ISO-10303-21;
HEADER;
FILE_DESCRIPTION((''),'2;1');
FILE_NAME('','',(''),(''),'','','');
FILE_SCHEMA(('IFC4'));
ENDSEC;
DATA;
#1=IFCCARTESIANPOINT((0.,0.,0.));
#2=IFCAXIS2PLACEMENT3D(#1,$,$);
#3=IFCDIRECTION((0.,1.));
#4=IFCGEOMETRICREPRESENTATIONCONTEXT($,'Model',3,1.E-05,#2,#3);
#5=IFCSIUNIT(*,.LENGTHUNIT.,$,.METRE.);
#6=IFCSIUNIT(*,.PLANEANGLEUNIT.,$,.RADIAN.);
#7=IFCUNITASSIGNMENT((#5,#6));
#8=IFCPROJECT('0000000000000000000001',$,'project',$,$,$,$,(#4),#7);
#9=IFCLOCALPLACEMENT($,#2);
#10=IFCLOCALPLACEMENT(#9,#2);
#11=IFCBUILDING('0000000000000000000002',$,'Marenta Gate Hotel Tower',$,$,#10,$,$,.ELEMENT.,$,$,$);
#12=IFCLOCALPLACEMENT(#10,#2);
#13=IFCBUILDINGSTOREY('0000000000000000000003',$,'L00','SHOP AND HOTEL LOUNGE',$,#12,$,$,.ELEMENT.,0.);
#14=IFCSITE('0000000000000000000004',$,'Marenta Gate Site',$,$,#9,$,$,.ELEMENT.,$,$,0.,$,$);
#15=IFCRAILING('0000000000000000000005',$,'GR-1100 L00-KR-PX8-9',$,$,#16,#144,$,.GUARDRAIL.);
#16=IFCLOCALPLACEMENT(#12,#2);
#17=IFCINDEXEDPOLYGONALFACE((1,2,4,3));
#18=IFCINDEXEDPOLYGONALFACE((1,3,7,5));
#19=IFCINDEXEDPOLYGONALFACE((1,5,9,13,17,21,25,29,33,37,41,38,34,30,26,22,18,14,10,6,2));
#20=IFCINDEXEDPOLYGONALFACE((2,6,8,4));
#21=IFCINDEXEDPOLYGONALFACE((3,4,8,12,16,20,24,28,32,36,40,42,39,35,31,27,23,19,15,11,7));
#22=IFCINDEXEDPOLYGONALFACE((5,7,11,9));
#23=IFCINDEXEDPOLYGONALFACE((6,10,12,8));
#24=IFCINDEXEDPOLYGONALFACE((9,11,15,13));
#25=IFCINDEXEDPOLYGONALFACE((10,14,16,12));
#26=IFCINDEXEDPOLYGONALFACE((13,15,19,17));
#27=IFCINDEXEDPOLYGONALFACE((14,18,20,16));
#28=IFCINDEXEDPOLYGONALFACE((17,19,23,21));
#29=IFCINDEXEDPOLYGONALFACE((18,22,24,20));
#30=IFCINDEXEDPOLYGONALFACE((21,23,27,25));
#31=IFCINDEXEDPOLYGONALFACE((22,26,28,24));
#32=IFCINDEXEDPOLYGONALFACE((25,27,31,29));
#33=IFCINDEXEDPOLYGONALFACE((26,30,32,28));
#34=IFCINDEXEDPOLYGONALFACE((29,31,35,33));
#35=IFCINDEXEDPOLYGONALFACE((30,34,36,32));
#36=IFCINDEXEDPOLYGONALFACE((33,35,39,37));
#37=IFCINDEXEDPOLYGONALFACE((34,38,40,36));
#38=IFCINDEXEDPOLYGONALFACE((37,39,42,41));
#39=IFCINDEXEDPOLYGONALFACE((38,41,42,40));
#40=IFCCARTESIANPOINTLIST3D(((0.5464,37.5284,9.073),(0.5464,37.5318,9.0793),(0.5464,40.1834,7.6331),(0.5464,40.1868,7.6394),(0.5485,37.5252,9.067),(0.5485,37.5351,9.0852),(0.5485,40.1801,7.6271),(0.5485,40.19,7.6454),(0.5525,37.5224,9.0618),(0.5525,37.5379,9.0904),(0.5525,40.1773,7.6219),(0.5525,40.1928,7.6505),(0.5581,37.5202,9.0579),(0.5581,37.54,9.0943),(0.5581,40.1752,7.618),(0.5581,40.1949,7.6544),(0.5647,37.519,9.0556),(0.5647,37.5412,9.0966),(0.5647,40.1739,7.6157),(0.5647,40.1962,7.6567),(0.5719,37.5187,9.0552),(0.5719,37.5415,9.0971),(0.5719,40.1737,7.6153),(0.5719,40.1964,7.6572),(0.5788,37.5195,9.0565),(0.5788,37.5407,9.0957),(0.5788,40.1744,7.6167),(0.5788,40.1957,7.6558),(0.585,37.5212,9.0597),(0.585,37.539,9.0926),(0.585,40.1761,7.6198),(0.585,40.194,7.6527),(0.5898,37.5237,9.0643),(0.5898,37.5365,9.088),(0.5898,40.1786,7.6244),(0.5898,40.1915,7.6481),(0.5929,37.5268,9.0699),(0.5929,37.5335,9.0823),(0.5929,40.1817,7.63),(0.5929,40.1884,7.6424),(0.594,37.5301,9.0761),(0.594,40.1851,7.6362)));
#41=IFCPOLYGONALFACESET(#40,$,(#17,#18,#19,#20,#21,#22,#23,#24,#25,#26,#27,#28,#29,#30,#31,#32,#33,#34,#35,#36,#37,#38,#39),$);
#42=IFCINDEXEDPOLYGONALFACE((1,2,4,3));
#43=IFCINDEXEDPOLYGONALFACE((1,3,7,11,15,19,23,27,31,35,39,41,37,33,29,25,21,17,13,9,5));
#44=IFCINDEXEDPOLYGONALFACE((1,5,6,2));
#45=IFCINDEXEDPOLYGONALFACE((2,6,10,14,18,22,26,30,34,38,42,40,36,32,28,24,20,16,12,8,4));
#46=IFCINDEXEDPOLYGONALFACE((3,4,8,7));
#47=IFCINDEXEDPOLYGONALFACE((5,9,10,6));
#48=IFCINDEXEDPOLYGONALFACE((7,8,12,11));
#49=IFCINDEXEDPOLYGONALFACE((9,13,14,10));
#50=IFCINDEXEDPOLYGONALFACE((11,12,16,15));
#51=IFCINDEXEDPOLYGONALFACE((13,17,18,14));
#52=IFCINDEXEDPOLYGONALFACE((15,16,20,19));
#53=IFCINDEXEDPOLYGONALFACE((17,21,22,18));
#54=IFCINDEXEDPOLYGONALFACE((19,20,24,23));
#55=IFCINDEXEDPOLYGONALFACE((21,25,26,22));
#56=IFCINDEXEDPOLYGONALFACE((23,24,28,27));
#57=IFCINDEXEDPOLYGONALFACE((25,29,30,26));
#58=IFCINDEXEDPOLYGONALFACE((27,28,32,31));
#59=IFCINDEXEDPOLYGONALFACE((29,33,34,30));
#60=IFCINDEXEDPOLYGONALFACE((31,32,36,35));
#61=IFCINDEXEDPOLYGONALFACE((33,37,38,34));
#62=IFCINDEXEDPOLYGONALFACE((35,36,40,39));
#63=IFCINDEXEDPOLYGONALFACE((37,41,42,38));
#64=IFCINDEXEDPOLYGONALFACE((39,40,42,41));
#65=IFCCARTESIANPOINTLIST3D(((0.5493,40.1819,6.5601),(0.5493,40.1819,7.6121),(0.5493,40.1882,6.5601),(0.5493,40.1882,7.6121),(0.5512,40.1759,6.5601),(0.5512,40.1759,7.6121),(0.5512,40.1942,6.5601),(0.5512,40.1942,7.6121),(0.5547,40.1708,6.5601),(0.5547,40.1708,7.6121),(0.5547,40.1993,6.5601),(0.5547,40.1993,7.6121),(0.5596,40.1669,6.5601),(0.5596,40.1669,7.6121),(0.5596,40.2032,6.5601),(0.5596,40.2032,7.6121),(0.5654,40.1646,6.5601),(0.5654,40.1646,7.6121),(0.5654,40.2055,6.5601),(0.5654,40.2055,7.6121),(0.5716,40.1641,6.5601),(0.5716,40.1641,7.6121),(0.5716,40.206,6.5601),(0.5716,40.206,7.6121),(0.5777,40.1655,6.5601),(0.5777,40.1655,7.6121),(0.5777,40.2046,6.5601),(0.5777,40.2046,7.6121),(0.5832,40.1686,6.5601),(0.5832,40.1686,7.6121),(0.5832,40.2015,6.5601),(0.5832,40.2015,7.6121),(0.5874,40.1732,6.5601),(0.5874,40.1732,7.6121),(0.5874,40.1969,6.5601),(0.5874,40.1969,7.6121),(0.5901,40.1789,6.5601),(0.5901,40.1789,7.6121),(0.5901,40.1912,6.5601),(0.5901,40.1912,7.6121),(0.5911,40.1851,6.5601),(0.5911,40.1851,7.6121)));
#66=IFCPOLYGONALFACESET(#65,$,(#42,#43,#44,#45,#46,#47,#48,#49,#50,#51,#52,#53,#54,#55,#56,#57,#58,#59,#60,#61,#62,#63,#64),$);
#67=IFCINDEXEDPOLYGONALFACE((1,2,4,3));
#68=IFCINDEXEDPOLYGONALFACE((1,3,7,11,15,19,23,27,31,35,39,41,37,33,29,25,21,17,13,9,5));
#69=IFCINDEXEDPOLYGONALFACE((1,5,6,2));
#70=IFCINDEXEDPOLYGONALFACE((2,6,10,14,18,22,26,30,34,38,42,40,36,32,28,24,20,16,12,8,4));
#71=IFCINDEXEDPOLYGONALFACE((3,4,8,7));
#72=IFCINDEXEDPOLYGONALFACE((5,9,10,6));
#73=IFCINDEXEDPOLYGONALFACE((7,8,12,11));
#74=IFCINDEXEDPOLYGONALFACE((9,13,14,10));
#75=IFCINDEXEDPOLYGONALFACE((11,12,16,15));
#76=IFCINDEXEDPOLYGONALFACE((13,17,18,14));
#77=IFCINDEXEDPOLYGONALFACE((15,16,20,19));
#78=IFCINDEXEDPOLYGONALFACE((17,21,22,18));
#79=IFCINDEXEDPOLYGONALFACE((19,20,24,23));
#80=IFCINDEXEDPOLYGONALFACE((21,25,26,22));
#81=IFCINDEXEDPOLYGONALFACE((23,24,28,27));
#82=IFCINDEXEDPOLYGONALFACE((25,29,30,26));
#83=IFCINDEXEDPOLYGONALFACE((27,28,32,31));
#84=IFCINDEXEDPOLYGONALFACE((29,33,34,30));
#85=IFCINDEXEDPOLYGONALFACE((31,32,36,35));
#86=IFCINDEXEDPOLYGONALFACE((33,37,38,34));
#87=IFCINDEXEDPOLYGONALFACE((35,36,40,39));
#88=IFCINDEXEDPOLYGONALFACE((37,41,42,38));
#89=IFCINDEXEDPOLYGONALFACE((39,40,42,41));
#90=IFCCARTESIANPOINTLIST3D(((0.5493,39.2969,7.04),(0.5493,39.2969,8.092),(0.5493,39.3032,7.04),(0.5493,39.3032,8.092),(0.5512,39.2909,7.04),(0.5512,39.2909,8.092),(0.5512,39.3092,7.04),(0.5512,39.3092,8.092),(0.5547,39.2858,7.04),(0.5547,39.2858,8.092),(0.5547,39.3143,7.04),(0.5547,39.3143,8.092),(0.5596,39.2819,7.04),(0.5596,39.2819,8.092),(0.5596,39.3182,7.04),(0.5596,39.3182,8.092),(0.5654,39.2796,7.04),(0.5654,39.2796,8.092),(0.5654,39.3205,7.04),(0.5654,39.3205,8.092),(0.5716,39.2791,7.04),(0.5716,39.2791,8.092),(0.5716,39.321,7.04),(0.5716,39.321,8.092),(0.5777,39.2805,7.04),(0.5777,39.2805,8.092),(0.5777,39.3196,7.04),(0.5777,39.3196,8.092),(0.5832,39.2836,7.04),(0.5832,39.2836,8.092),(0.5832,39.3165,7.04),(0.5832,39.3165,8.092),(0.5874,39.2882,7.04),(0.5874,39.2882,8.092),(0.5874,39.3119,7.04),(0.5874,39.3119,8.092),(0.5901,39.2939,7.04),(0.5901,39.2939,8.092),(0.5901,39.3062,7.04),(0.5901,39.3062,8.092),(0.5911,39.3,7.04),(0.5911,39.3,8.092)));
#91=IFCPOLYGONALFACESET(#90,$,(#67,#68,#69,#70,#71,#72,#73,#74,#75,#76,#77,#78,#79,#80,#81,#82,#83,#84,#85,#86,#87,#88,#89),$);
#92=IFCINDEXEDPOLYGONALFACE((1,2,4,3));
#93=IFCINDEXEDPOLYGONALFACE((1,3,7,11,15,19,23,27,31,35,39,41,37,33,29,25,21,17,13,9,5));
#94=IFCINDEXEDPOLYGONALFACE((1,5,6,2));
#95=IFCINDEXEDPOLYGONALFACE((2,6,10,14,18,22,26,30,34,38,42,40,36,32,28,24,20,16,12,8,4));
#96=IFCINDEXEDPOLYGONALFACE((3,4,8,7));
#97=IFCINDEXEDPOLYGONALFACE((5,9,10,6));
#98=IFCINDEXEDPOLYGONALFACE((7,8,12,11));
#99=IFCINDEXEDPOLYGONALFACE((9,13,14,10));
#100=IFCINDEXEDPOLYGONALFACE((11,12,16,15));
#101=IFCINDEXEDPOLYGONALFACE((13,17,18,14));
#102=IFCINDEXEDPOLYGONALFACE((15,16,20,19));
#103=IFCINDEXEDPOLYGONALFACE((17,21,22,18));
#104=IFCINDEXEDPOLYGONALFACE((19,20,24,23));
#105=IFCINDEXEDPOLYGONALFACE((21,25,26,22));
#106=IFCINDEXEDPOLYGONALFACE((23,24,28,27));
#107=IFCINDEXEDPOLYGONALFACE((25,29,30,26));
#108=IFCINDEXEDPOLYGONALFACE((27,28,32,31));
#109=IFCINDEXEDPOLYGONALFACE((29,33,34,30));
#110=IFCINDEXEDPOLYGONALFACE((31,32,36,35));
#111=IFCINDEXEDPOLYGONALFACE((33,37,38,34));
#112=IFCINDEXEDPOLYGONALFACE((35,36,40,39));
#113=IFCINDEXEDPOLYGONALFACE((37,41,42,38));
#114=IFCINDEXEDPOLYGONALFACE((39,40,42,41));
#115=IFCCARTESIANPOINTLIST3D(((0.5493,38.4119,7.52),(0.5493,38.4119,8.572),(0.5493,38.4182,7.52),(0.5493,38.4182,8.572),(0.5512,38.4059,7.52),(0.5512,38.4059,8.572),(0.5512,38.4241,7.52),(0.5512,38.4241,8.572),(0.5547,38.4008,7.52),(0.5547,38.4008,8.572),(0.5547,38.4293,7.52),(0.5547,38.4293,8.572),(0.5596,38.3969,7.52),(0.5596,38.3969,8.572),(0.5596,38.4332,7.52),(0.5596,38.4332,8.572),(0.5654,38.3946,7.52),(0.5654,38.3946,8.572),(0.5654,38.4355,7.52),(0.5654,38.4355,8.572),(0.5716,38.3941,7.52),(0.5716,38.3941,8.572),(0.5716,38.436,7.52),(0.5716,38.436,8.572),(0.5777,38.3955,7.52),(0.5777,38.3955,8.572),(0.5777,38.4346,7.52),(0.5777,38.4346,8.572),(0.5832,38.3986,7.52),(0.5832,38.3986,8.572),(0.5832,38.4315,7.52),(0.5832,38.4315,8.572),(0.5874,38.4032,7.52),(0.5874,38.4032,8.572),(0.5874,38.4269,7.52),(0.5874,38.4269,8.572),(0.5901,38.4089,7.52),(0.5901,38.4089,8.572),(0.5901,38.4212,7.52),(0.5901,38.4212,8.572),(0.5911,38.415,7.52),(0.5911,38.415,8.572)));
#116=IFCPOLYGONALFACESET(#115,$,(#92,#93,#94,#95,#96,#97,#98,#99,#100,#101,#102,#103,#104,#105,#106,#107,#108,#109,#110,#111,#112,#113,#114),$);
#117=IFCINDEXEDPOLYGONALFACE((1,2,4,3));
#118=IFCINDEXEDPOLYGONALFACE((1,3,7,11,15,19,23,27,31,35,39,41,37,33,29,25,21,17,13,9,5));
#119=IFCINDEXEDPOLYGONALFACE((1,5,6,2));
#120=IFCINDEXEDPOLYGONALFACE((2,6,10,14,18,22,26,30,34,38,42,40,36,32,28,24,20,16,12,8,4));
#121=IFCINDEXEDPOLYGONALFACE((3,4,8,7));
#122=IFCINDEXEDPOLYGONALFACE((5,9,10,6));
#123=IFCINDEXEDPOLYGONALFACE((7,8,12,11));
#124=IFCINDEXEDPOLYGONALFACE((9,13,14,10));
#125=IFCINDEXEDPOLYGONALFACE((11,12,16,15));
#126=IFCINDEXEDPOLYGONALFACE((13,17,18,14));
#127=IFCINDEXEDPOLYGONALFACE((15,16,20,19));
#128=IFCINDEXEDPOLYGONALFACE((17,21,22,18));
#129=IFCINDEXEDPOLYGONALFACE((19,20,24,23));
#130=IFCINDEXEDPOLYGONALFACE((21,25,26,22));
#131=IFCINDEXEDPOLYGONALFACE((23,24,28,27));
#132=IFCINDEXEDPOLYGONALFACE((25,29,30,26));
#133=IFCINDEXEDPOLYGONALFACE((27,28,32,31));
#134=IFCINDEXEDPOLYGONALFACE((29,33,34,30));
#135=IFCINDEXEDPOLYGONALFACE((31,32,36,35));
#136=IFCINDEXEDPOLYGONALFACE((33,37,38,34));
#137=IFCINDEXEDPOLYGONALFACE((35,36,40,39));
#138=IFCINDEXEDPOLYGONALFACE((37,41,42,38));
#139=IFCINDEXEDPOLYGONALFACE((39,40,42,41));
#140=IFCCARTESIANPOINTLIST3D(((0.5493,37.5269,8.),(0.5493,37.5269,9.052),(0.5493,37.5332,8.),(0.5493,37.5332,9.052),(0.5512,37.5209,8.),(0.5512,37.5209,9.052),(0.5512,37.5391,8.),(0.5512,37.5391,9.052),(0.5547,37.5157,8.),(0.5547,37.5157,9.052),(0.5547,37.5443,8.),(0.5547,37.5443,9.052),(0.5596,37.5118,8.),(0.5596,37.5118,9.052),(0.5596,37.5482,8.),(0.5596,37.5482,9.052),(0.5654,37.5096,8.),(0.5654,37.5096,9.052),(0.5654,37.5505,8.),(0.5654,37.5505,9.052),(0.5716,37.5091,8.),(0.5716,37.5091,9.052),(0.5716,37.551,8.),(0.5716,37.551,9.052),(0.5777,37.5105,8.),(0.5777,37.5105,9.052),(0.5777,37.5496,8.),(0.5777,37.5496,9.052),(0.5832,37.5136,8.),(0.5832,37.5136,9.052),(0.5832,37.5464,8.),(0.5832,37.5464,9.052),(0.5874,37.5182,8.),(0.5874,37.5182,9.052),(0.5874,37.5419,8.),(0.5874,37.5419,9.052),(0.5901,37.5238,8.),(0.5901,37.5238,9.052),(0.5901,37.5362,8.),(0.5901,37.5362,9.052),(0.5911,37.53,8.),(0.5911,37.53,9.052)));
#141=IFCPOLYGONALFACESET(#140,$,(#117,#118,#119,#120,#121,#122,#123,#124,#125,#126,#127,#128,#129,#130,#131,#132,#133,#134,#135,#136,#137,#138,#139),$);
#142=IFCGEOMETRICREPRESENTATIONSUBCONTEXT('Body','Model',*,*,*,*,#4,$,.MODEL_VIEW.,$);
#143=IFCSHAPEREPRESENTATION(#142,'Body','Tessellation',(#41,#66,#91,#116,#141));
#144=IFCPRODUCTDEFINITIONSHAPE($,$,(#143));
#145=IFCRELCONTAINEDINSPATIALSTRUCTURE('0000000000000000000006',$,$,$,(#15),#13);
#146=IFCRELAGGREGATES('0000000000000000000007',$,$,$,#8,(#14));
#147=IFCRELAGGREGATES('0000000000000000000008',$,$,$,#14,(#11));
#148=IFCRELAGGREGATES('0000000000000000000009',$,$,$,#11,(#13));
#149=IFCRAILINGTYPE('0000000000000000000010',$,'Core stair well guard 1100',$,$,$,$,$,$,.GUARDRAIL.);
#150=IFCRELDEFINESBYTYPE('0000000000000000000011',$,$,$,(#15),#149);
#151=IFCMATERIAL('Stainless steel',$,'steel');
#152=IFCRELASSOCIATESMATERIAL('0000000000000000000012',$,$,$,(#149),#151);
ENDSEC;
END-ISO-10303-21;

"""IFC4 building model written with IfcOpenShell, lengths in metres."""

from ifc_helpers import new_model, si_unit, direction, frame, origin, origin_2d, place, context, subcontext, project, spatial, circle, extrude, material, type_object, element, save


model = new_model("IFC4")

# Units and contexts
model_context = context("Model", 3, precision=1e-05, world=origin(), true_north=direction((0.0, 1.0)))
body_context = subcontext(model_context, "Body", "Model", "MODEL_VIEW")
ifc_project = project(units=[si_unit("LENGTHUNIT", "METRE"), si_unit("PLANEANGLEUNIT", "RADIAN")], contexts=[model_context])

# Site, building, storey
site_placement = place(None, origin())
site = spatial("IfcSite", under=ifc_project, at=site_placement, Name="Marenta Gate Site", CompositionType="ELEMENT", RefElevation=0.0)
building_placement = place(site_placement, origin())
building = spatial("IfcBuilding", under=site, at=building_placement, Name="Marenta Gate Hotel Tower", CompositionType="ELEMENT")
storey_placement = place(building_placement, origin())
storey = spatial("IfcBuildingStorey", under=building, at=storey_placement, Name="L00", Description="SHOP AND HOTEL LOUNGE", CompositionType="ELEMENT", Elevation=0.0)

# Railing
ifc_material_1 = material(Name="Stainless steel", Category="steel")
railing_type_1 = type_object("IfcRailingType", Name="Core stair well guard 1100", PredefinedType="GUARDRAIL", material=ifc_material_1)
railing_1_placement = place(storey_placement, frame((0.5701, 40.1851, 6.5601)))
element("IfcRailing", 1, at=railing_1_placement, inside=storey, type_object=railing_type_1, Name="GR-1100 L00-KR-PX8-9", PredefinedType="GUARDRAIL", context=body_context, shape_type="SweptSolid", body=[
    extrude(circle(Radius=0.0239, at=origin_2d()), frame((0.0, 0.0, 1.0762), z_axis=(0.0, -0.879042, 0.476744), x_axis=(1.0, 0.0, 0.0)), (0.0, 0.0, 1.0), 3.0203),
    extrude(circle(Radius=0.021, at=origin_2d()), origin(), (0.0, 0.0, 1.0), 1.052),
    extrude(circle(Radius=0.021, at=origin_2d()), frame((0.0, -0.885, 0.48)), (0.0, 0.0, 1.0), 1.052),
    extrude(circle(Radius=0.021, at=origin_2d()), frame((0.0, -1.77, 0.96)), (0.0, 0.0, 1.0), 1.052),
    extrude(circle(Radius=0.021, at=origin_2d()), frame((0.0, -2.655, 1.4399)), (0.0, 0.0, 1.0), 1.052),
])

save(model, "model.ifc")
